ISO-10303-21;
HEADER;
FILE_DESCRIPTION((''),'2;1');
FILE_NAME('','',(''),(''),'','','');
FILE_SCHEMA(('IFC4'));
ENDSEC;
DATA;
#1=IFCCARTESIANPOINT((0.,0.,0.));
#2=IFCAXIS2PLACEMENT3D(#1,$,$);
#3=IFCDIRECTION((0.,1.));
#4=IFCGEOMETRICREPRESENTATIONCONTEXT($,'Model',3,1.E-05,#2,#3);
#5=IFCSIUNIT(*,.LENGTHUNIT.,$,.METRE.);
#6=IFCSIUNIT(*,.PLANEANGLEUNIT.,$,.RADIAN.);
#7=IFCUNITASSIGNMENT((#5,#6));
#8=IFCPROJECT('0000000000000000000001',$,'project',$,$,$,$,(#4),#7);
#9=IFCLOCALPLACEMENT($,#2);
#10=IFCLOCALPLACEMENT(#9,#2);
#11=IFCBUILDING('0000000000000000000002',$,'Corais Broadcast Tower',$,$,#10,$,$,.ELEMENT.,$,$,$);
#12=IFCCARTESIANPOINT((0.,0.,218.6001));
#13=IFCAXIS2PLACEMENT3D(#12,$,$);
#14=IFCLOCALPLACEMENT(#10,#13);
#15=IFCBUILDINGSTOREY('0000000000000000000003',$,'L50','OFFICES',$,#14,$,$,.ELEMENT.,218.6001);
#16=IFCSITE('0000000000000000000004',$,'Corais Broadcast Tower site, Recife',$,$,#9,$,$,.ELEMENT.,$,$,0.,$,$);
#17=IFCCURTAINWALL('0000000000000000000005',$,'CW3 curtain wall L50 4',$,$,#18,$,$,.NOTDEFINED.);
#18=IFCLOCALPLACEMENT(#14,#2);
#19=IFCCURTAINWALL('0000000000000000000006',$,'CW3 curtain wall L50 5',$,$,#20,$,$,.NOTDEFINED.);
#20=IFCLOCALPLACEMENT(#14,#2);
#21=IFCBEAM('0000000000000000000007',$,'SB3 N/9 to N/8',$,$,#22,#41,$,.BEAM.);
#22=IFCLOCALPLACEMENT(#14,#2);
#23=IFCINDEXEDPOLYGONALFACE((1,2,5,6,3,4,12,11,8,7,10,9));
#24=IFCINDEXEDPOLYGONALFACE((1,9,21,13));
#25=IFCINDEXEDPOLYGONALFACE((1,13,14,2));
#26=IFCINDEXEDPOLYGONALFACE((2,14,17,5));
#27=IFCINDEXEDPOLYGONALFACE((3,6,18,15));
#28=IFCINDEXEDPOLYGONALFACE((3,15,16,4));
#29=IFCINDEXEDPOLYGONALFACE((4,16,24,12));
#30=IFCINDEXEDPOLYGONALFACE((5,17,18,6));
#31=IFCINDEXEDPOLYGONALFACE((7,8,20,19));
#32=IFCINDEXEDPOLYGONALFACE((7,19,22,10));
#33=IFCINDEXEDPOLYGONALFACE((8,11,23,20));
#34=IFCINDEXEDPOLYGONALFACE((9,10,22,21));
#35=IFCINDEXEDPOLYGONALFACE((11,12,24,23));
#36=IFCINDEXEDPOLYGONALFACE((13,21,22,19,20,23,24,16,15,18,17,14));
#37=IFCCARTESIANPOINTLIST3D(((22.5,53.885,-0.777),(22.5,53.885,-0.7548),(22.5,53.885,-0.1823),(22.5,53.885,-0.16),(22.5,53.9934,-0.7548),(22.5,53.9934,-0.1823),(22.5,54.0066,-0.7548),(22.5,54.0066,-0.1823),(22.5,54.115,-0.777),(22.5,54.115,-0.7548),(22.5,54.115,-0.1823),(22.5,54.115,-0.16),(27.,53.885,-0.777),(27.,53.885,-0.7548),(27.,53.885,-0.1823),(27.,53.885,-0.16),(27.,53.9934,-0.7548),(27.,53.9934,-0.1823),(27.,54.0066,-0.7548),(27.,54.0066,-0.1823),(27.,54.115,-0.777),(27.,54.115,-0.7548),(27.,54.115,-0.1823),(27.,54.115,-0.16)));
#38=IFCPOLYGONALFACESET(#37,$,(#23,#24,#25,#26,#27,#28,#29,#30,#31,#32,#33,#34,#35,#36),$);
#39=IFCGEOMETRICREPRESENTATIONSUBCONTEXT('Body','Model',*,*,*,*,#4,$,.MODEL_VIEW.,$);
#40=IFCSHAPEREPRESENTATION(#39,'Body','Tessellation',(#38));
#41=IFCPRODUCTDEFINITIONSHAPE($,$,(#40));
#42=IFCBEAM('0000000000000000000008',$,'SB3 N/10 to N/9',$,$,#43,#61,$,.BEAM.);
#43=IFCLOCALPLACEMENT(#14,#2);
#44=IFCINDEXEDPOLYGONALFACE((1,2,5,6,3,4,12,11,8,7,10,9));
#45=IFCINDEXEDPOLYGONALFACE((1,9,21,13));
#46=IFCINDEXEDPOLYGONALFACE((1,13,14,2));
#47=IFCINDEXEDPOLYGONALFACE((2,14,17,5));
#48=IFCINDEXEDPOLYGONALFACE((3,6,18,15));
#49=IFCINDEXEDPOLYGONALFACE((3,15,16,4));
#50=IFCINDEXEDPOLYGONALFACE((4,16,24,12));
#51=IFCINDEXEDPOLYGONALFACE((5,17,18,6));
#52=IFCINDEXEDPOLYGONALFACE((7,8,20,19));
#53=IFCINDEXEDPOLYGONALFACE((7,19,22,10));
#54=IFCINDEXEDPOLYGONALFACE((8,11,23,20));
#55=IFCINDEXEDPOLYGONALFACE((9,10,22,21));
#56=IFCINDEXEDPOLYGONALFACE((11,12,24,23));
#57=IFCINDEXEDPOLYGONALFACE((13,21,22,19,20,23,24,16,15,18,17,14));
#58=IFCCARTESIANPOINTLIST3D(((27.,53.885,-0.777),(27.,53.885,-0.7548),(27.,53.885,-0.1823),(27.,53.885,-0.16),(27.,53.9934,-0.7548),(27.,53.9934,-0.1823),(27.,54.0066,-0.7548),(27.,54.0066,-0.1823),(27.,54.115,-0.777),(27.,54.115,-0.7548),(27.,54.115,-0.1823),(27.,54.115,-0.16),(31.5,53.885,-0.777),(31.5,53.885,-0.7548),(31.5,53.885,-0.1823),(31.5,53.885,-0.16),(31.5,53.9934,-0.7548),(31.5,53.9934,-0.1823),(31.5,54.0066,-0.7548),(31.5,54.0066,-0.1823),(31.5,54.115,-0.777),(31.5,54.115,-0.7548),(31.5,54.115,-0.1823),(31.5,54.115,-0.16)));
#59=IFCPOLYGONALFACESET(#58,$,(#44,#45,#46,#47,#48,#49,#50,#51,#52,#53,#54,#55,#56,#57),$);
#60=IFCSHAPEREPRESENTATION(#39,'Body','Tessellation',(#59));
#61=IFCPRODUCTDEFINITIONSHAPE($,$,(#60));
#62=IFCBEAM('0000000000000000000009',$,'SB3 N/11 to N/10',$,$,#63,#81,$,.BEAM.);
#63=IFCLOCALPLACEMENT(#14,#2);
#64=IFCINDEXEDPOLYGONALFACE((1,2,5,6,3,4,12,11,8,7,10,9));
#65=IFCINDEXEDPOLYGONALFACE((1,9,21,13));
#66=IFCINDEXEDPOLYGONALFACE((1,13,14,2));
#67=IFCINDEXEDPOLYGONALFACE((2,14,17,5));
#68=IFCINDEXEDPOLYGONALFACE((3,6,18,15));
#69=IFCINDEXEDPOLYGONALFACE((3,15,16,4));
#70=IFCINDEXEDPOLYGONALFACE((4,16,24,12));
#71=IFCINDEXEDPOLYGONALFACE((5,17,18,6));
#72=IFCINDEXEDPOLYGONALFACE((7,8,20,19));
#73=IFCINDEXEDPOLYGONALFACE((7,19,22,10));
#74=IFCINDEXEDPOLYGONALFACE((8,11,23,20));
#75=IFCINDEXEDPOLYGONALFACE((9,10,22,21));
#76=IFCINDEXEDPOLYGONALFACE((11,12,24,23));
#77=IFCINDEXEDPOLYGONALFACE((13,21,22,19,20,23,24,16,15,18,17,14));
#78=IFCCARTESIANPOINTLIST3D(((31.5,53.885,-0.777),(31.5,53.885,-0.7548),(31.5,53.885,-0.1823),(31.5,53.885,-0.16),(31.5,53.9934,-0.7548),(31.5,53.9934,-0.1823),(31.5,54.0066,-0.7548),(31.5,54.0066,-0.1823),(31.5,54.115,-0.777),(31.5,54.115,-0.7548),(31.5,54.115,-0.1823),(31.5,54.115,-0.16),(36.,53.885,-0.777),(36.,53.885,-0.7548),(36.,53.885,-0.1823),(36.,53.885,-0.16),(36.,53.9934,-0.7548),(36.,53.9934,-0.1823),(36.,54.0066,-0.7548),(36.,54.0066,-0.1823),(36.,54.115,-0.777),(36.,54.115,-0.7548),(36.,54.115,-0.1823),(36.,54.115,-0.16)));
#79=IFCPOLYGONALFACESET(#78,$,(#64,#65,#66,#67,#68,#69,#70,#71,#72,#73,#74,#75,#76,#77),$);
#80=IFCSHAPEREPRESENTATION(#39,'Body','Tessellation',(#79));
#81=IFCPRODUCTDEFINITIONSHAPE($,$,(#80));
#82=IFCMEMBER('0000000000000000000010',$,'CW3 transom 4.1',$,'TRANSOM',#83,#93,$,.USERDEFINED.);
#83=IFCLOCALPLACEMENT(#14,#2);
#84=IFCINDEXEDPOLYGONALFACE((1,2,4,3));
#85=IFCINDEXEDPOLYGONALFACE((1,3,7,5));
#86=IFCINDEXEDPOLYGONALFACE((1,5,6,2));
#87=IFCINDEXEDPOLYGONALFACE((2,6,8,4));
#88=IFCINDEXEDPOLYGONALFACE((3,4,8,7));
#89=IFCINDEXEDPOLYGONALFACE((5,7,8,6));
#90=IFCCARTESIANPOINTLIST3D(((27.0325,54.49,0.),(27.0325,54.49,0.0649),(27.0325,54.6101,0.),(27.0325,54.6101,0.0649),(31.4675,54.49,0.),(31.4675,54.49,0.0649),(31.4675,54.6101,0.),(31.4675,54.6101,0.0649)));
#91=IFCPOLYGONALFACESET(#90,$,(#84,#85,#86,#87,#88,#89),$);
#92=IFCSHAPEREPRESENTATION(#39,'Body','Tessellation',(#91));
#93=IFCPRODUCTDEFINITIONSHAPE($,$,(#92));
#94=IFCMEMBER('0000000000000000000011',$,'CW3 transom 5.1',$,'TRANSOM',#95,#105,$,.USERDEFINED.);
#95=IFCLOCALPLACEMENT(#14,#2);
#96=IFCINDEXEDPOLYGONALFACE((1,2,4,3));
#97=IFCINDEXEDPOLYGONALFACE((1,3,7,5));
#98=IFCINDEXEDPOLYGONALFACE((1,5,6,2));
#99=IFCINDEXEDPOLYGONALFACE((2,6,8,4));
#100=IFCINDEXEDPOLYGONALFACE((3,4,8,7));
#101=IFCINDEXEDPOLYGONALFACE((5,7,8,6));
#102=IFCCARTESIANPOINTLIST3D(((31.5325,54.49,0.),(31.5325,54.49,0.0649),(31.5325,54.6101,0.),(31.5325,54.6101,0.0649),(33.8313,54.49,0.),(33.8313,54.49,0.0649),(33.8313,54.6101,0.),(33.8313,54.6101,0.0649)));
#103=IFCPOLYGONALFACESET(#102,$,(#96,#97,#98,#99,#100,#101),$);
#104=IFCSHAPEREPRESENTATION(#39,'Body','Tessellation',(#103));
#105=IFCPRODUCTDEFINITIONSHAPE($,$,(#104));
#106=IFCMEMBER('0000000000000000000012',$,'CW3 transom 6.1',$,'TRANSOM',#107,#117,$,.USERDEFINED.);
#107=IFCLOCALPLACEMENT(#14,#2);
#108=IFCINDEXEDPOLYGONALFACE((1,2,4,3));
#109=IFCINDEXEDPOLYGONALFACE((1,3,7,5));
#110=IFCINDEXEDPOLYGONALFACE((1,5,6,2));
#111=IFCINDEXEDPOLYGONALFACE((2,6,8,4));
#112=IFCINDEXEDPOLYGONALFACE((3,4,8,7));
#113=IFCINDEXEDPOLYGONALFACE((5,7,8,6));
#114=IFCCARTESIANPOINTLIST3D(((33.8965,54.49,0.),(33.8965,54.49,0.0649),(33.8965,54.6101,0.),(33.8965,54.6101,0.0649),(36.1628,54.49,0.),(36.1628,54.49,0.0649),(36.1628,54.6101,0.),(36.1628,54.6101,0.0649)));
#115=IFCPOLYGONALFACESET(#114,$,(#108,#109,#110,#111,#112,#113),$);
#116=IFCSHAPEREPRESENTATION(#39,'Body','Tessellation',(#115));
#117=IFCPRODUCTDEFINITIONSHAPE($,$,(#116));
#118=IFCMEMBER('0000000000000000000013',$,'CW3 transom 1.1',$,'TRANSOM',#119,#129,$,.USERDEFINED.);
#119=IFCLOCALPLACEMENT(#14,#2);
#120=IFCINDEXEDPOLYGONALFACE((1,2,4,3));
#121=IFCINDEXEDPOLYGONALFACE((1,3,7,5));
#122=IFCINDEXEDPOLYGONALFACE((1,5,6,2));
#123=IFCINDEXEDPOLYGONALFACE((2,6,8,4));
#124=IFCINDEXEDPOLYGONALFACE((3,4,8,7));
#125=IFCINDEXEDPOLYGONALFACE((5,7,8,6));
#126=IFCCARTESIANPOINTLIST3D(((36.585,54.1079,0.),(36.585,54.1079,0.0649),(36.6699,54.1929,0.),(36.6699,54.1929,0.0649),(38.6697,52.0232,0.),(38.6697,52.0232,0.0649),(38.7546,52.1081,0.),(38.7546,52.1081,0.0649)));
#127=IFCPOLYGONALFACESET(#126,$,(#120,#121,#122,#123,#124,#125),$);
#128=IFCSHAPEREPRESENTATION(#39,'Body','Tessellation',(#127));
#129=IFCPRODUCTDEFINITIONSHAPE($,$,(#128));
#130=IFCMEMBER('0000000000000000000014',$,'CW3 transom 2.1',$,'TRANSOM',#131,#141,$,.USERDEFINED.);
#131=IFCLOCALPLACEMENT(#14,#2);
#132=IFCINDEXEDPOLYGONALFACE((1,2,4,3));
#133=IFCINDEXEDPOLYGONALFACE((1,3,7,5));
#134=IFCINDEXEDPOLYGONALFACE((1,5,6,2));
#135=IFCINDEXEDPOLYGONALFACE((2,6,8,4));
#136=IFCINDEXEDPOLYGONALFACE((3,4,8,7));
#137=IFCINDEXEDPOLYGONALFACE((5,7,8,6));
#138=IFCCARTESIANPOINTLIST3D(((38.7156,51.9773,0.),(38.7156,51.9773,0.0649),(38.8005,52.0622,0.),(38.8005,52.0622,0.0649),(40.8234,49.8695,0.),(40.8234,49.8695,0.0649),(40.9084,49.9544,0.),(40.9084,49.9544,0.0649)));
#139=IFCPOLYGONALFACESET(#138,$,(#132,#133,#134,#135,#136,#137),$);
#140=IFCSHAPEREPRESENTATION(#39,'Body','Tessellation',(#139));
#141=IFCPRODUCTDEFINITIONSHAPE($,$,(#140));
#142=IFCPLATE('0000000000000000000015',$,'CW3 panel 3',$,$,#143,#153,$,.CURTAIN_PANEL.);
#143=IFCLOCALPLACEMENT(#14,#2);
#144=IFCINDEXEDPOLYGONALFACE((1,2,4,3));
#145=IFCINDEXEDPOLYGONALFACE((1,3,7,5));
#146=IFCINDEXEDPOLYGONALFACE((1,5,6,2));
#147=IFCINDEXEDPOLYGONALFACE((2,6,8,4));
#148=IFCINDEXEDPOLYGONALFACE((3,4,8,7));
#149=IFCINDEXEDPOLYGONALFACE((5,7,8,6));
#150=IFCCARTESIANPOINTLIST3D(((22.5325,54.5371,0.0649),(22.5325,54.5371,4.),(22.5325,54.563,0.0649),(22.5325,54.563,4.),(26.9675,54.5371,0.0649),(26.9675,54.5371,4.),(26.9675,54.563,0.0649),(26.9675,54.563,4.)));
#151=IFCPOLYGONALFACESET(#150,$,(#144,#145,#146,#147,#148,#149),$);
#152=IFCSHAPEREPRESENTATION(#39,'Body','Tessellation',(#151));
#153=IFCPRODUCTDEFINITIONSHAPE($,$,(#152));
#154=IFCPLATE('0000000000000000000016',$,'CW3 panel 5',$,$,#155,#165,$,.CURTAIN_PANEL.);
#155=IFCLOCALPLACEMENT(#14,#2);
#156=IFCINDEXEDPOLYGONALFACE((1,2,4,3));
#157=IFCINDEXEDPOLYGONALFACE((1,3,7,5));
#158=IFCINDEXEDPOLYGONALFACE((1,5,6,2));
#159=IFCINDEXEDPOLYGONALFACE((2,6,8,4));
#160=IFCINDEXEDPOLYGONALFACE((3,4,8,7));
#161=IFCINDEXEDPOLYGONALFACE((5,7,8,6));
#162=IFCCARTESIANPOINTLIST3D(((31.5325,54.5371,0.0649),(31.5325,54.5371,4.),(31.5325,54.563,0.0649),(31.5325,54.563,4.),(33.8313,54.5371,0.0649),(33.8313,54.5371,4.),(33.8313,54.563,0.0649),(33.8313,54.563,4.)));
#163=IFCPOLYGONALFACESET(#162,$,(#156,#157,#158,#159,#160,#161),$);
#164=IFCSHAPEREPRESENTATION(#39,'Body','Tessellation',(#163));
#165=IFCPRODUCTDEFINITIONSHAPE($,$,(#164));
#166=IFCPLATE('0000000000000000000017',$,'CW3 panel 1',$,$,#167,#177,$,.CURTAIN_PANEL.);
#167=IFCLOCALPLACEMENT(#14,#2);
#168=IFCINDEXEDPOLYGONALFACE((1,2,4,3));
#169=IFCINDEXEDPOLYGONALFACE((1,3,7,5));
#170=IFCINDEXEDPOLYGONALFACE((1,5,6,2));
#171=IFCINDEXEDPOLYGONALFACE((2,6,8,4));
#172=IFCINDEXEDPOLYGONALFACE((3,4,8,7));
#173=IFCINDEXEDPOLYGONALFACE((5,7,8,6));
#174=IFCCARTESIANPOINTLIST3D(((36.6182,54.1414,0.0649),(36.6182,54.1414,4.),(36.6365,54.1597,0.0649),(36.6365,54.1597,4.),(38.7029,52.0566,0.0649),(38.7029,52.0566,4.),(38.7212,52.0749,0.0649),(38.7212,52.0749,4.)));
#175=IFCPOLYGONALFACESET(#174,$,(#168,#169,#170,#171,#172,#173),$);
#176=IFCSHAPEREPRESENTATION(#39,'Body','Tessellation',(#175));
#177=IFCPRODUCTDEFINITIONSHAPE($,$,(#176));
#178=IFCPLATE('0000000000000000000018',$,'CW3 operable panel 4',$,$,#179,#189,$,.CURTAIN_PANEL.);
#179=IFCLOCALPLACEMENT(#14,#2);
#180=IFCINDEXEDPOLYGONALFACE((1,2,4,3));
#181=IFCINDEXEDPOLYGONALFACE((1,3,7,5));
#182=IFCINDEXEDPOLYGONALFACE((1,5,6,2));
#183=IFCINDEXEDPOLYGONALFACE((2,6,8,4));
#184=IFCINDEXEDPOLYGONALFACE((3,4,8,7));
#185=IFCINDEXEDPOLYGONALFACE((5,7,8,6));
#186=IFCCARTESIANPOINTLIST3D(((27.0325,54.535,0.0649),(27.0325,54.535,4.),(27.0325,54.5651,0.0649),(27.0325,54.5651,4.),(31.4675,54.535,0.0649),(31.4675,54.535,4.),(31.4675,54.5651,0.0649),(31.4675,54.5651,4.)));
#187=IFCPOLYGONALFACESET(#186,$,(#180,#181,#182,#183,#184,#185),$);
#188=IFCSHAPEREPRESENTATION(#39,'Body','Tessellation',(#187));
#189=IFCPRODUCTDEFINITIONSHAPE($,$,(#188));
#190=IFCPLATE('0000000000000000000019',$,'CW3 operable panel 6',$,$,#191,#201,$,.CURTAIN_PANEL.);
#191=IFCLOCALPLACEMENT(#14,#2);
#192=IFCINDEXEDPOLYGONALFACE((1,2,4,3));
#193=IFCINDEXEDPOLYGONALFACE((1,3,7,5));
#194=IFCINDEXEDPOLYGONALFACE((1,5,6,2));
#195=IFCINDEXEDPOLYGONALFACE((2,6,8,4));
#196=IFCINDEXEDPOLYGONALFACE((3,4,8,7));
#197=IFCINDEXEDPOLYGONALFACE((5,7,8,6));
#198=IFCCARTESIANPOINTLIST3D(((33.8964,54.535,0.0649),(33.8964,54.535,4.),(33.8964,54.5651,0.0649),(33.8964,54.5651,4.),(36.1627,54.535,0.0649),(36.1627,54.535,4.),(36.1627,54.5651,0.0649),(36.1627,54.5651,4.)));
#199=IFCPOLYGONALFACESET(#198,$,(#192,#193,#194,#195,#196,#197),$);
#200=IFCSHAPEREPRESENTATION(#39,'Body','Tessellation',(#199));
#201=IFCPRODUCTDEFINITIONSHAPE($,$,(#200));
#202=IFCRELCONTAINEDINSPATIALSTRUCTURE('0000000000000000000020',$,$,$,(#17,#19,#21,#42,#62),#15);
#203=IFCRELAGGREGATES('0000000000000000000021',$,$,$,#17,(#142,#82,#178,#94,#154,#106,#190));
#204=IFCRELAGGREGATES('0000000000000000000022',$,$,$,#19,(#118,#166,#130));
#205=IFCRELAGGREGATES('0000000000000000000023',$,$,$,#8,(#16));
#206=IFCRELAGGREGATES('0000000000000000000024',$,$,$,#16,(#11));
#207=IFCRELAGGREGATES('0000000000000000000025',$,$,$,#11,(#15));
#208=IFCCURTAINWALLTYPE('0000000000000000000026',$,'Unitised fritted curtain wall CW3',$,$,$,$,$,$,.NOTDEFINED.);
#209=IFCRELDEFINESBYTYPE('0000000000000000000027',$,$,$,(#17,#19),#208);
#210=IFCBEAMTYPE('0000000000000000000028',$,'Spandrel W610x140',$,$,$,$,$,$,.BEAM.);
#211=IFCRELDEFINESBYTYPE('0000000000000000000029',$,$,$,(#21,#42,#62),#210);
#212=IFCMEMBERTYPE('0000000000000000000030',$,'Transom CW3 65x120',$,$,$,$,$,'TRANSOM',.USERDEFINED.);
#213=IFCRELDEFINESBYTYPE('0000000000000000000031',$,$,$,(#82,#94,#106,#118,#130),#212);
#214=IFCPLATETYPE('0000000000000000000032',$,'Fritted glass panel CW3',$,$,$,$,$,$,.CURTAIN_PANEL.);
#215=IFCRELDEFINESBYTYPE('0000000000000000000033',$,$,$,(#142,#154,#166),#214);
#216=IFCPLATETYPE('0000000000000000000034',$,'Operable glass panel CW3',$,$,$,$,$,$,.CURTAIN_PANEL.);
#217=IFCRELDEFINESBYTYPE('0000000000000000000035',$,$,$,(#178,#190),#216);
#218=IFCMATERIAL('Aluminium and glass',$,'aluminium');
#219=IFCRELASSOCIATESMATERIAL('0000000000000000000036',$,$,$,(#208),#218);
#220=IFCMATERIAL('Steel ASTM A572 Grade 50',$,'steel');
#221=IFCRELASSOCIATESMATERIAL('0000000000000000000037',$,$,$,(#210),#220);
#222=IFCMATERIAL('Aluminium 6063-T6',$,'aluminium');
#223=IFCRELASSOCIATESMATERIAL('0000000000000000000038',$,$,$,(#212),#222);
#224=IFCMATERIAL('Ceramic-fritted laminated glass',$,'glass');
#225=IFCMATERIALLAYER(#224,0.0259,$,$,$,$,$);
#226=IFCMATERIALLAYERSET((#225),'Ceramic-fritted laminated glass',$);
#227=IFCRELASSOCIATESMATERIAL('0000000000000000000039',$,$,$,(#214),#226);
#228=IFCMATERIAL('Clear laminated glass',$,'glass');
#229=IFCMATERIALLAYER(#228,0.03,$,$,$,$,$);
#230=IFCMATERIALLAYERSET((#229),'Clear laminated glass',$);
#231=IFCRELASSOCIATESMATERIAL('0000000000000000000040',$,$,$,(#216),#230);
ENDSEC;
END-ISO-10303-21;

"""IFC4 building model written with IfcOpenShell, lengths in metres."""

from ifc_helpers import new_model, si_unit, direction, frame, origin, origin_2d, place, context, subcontext, project, spatial, rectangle, i_section, extrude, material, layer, layer_set, material_profile, profile_set, type_object, element, aggregate, save


model = new_model("IFC4")

# Units and contexts
model_context = context("Model", 3, precision=1e-05, world=origin(), true_north=direction((0.0, 1.0)))
body_context = subcontext(model_context, "Body", "Model", "MODEL_VIEW")
ifc_project = project(units=[si_unit("LENGTHUNIT", "METRE"), si_unit("PLANEANGLEUNIT", "RADIAN")], contexts=[model_context])

# Site, building, storey
site_placement = place(None, origin())
site = spatial("IfcSite", under=ifc_project, at=site_placement, Name="Corais Broadcast Tower site, Recife", CompositionType="ELEMENT", RefElevation=0.0)
building_placement = place(site_placement, origin())
building = spatial("IfcBuilding", under=site, at=building_placement, Name="Corais Broadcast Tower", CompositionType="ELEMENT")
storey_placement = place(building_placement, frame((0.0, 0.0, 218.6001)))
storey = spatial("IfcBuildingStorey", under=building, at=storey_placement, Name="L50", Description="OFFICES", CompositionType="ELEMENT", Elevation=218.6001)

# Curtain walls
ifc_material_1 = material(Name="Aluminium and glass", Category="aluminium")
curtain_wall_type = type_object("IfcCurtainWallType", Name="Unitised fritted curtain wall CW3", PredefinedType="NOTDEFINED", material=ifc_material_1)
curtain_wall_1_placement = place(storey_placement, origin())
curtain_wall_1 = element("IfcCurtainWall", 1, at=curtain_wall_1_placement, inside=storey, type_object=curtain_wall_type, Name="CW3 curtain wall L50 4", PredefinedType="NOTDEFINED")
curtain_wall_2_placement = place(storey_placement, origin())
curtain_wall_2 = element("IfcCurtainWall", 2, at=curtain_wall_2_placement, inside=storey, type_object=curtain_wall_type, Name="CW3 curtain wall L50 5", PredefinedType="NOTDEFINED")

# Beams
ifc_material_2 = material(Name="Steel ASTM A572 Grade 50", Category="steel")
ifc_material_profile_1 = material_profile(ifc_material_2, i_section(OverallWidth=0.23, OverallDepth=0.6169, WebThickness=0.0132, FlangeThickness=0.0222, at=origin_2d()), Name="W610x140")
ifc_profile_set_1 = profile_set([ifc_material_profile_1], Name="Steel ASTM A572 Grade 50")
beam_type_1 = type_object("IfcBeamType", Name="Spandrel W610x140", PredefinedType="BEAM", material=ifc_profile_set_1)
for number, where, z_axis, x_axis, name in (
    (3, (27.0, 54.0, -0.4685), (-1.0, 0.0, 0.0), (0.0, -1.0, 0.0), "SB3 N/9 to N/8"),
    (4, (31.5, 54.0, -0.4685), (-1.0, 0.0, 0.0), (0.0, -1.0, 0.0), "SB3 N/10 to N/9"),
    (5, (36.0, 54.0, -0.4685), (-1.0, 0.0, 0.0), (0.0, -1.0, 0.0), "SB3 N/11 to N/10"),
):
    element("IfcBeam", number, at=place(storey_placement, frame(where, z_axis=z_axis, x_axis=x_axis)), inside=storey, type_object=beam_type_1, Name=name, PredefinedType="BEAM", context=body_context, shape_type="SweptSolid", body=[
        extrude(i_section(OverallWidth=0.23, OverallDepth=0.6169, WebThickness=0.0132, FlangeThickness=0.0222, at=origin_2d()), origin(), (0.0, 0.0, 1.0), 4.5),
    ])

# Members
ifc_material_3 = material(Name="Aluminium 6063-T6", Category="aluminium")
ifc_material_profile_2 = material_profile(ifc_material_3, rectangle(XDim=0.1201, YDim=0.0649, at=origin_2d()), Name="Transom CW3 65x120")
ifc_profile_set_2 = profile_set([ifc_material_profile_2], Name="Aluminium 6063-T6")
member_type_1 = type_object("IfcMemberType", Name="Transom CW3 65x120", ElementType="TRANSOM", PredefinedType="USERDEFINED", material=ifc_profile_set_2)
member_1_placement = place(storey_placement, frame((27.0325, 54.55, 0.0325), z_axis=(1.0, 0.0, 0.0), x_axis=(0.0, 1.0, 0.0)))
member_1 = element("IfcMember", 6, at=member_1_placement, type_object=member_type_1, Name="CW3 transom 4.1", ObjectType="TRANSOM", PredefinedType="USERDEFINED", context=body_context, shape_type="SweptSolid", body=[
    extrude(rectangle(XDim=0.1201, YDim=0.0649, at=origin_2d()), origin(), (0.0, 0.0, 1.0), 4.4351),
])
member_2_placement = place(storey_placement, frame((31.5325, 54.55, 0.0325), z_axis=(1.0, 0.0, 0.0), x_axis=(0.0, 1.0, 0.0)))
member_2 = element("IfcMember", 7, at=member_2_placement, type_object=member_type_1, Name="CW3 transom 5.1", ObjectType="TRANSOM", PredefinedType="USERDEFINED", context=body_context, shape_type="SweptSolid", body=[
    extrude(rectangle(XDim=0.1201, YDim=0.0649, at=origin_2d()), origin(), (0.0, 0.0, 1.0), 2.2988),
])
member_3_placement = place(storey_placement, frame((33.8965, 54.55, 0.0325), z_axis=(1.0, 0.0, 0.0), x_axis=(0.0, 1.0, 0.0)))
member_3 = element("IfcMember", 8, at=member_3_placement, type_object=member_type_1, Name="CW3 transom 6.1", ObjectType="TRANSOM", PredefinedType="USERDEFINED", context=body_context, shape_type="SweptSolid", body=[
    extrude(rectangle(XDim=0.1201, YDim=0.0649, at=origin_2d()), origin(), (0.0, 0.0, 1.0), 2.2664),
])
member_4_placement = place(storey_placement, frame((36.6274, 54.1504, 0.0325), z_axis=(0.707107, -0.707107, 0.0), x_axis=(0.707107, 0.707107, 0.0)))
member_4 = element("IfcMember", 9, at=member_4_placement, type_object=member_type_1, Name="CW3 transom 1.1", ObjectType="TRANSOM", PredefinedType="USERDEFINED", context=body_context, shape_type="SweptSolid", body=[
    extrude(rectangle(XDim=0.1201, YDim=0.0649, at=origin_2d()), origin(), (0.0, 0.0, 1.0), 2.9482),
])
member_5_placement = place(storey_placement, frame((38.7581, 52.0198, 0.0325), z_axis=(0.707107, -0.707107, 0.0), x_axis=(0.707107, 0.707107, 0.0)))
member_5 = element("IfcMember", 10, at=member_5_placement, type_object=member_type_1, Name="CW3 transom 2.1", ObjectType="TRANSOM", PredefinedType="USERDEFINED", context=body_context, shape_type="SweptSolid", body=[
    extrude(rectangle(XDim=0.1201, YDim=0.0649, at=origin_2d()), origin(), (0.0, 0.0, 1.0), 2.981),
])

# Plates
ifc_material_4 = material(Name="Ceramic-fritted laminated glass", Category="glass")
ifc_layer_1 = layer(ifc_material_4, 0.0259)
ifc_layer_set_1 = layer_set([ifc_layer_1], Name="Ceramic-fritted laminated glass")
plate_type_1 = type_object("IfcPlateType", Name="Fritted glass panel CW3", PredefinedType="CURTAIN_PANEL", material=ifc_layer_set_1)
plate_1_placement = place(storey_placement, frame((24.75, 54.55, 0.0649), z_axis=(0.0, 0.0, 1.0), x_axis=(1.0, 0.0, 0.0)))
plate_1 = element("IfcPlate", 11, at=plate_1_placement, type_object=plate_type_1, Name="CW3 panel 3", PredefinedType="CURTAIN_PANEL", context=body_context, shape_type="SweptSolid", body=[
    extrude(rectangle(XDim=4.4351, YDim=0.0259, at=origin_2d()), origin(), (0.0, 0.0, 1.0), 3.9351),
])
plate_2_placement = place(storey_placement, frame((32.6819, 54.55, 0.0649), z_axis=(0.0, 0.0, 1.0), x_axis=(1.0, 0.0, 0.0)))
plate_2 = element("IfcPlate", 12, at=plate_2_placement, type_object=plate_type_1, Name="CW3 panel 5", PredefinedType="CURTAIN_PANEL", context=body_context, shape_type="SweptSolid", body=[
    extrude(rectangle(XDim=2.2988, YDim=0.0259, at=origin_2d()), origin(), (0.0, 0.0, 1.0), 3.9351),
])
plate_3_placement = place(storey_placement, frame((37.6697, 53.1082, 0.0649), z_axis=(0.0, 0.0, 1.0), x_axis=(0.707107, -0.707107, 0.0)))
plate_3 = element("IfcPlate", 13, at=plate_3_placement, type_object=plate_type_1, Name="CW3 panel 1", PredefinedType="CURTAIN_PANEL", context=body_context, shape_type="SweptSolid", body=[
    extrude(rectangle(XDim=2.9482, YDim=0.0259, at=origin_2d()), origin(), (0.0, 0.0, 1.0), 3.9351),
])
ifc_material_5 = material(Name="Clear laminated glass", Category="glass")
ifc_layer_2 = layer(ifc_material_5, 0.03)
ifc_layer_set_2 = layer_set([ifc_layer_2], Name="Clear laminated glass")
plate_type_2 = type_object("IfcPlateType", Name="Operable glass panel CW3", PredefinedType="CURTAIN_PANEL", material=ifc_layer_set_2)
plate_4_placement = place(storey_placement, frame((29.25, 54.55, 0.0649), z_axis=(0.0, 0.0, 1.0), x_axis=(1.0, 0.0, 0.0)))
plate_4 = element("IfcPlate", 14, at=plate_4_placement, type_object=plate_type_2, Name="CW3 operable panel 4", PredefinedType="CURTAIN_PANEL", context=body_context, shape_type="SweptSolid", body=[
    extrude(rectangle(XDim=4.4351, YDim=0.03, at=origin_2d()), origin(), (0.0, 0.0, 1.0), 3.9351),
])
plate_5_placement = place(storey_placement, frame((35.0295, 54.55, 0.0649), z_axis=(0.0, 0.0, 1.0), x_axis=(1.0, 0.0, 0.0)))
plate_5 = element("IfcPlate", 15, at=plate_5_placement, type_object=plate_type_2, Name="CW3 operable panel 6", PredefinedType="CURTAIN_PANEL", context=body_context, shape_type="SweptSolid", body=[
    extrude(rectangle(XDim=2.2664, YDim=0.03, at=origin_2d()), origin(), (0.0, 0.0, 1.0), 3.9351),
])
aggregate(curtain_wall_1, [plate_1, member_1, plate_4, member_2, plate_2, member_3, plate_5])
aggregate(curtain_wall_2, [member_4, plate_3, member_5])

save(model, "model.ifc")
